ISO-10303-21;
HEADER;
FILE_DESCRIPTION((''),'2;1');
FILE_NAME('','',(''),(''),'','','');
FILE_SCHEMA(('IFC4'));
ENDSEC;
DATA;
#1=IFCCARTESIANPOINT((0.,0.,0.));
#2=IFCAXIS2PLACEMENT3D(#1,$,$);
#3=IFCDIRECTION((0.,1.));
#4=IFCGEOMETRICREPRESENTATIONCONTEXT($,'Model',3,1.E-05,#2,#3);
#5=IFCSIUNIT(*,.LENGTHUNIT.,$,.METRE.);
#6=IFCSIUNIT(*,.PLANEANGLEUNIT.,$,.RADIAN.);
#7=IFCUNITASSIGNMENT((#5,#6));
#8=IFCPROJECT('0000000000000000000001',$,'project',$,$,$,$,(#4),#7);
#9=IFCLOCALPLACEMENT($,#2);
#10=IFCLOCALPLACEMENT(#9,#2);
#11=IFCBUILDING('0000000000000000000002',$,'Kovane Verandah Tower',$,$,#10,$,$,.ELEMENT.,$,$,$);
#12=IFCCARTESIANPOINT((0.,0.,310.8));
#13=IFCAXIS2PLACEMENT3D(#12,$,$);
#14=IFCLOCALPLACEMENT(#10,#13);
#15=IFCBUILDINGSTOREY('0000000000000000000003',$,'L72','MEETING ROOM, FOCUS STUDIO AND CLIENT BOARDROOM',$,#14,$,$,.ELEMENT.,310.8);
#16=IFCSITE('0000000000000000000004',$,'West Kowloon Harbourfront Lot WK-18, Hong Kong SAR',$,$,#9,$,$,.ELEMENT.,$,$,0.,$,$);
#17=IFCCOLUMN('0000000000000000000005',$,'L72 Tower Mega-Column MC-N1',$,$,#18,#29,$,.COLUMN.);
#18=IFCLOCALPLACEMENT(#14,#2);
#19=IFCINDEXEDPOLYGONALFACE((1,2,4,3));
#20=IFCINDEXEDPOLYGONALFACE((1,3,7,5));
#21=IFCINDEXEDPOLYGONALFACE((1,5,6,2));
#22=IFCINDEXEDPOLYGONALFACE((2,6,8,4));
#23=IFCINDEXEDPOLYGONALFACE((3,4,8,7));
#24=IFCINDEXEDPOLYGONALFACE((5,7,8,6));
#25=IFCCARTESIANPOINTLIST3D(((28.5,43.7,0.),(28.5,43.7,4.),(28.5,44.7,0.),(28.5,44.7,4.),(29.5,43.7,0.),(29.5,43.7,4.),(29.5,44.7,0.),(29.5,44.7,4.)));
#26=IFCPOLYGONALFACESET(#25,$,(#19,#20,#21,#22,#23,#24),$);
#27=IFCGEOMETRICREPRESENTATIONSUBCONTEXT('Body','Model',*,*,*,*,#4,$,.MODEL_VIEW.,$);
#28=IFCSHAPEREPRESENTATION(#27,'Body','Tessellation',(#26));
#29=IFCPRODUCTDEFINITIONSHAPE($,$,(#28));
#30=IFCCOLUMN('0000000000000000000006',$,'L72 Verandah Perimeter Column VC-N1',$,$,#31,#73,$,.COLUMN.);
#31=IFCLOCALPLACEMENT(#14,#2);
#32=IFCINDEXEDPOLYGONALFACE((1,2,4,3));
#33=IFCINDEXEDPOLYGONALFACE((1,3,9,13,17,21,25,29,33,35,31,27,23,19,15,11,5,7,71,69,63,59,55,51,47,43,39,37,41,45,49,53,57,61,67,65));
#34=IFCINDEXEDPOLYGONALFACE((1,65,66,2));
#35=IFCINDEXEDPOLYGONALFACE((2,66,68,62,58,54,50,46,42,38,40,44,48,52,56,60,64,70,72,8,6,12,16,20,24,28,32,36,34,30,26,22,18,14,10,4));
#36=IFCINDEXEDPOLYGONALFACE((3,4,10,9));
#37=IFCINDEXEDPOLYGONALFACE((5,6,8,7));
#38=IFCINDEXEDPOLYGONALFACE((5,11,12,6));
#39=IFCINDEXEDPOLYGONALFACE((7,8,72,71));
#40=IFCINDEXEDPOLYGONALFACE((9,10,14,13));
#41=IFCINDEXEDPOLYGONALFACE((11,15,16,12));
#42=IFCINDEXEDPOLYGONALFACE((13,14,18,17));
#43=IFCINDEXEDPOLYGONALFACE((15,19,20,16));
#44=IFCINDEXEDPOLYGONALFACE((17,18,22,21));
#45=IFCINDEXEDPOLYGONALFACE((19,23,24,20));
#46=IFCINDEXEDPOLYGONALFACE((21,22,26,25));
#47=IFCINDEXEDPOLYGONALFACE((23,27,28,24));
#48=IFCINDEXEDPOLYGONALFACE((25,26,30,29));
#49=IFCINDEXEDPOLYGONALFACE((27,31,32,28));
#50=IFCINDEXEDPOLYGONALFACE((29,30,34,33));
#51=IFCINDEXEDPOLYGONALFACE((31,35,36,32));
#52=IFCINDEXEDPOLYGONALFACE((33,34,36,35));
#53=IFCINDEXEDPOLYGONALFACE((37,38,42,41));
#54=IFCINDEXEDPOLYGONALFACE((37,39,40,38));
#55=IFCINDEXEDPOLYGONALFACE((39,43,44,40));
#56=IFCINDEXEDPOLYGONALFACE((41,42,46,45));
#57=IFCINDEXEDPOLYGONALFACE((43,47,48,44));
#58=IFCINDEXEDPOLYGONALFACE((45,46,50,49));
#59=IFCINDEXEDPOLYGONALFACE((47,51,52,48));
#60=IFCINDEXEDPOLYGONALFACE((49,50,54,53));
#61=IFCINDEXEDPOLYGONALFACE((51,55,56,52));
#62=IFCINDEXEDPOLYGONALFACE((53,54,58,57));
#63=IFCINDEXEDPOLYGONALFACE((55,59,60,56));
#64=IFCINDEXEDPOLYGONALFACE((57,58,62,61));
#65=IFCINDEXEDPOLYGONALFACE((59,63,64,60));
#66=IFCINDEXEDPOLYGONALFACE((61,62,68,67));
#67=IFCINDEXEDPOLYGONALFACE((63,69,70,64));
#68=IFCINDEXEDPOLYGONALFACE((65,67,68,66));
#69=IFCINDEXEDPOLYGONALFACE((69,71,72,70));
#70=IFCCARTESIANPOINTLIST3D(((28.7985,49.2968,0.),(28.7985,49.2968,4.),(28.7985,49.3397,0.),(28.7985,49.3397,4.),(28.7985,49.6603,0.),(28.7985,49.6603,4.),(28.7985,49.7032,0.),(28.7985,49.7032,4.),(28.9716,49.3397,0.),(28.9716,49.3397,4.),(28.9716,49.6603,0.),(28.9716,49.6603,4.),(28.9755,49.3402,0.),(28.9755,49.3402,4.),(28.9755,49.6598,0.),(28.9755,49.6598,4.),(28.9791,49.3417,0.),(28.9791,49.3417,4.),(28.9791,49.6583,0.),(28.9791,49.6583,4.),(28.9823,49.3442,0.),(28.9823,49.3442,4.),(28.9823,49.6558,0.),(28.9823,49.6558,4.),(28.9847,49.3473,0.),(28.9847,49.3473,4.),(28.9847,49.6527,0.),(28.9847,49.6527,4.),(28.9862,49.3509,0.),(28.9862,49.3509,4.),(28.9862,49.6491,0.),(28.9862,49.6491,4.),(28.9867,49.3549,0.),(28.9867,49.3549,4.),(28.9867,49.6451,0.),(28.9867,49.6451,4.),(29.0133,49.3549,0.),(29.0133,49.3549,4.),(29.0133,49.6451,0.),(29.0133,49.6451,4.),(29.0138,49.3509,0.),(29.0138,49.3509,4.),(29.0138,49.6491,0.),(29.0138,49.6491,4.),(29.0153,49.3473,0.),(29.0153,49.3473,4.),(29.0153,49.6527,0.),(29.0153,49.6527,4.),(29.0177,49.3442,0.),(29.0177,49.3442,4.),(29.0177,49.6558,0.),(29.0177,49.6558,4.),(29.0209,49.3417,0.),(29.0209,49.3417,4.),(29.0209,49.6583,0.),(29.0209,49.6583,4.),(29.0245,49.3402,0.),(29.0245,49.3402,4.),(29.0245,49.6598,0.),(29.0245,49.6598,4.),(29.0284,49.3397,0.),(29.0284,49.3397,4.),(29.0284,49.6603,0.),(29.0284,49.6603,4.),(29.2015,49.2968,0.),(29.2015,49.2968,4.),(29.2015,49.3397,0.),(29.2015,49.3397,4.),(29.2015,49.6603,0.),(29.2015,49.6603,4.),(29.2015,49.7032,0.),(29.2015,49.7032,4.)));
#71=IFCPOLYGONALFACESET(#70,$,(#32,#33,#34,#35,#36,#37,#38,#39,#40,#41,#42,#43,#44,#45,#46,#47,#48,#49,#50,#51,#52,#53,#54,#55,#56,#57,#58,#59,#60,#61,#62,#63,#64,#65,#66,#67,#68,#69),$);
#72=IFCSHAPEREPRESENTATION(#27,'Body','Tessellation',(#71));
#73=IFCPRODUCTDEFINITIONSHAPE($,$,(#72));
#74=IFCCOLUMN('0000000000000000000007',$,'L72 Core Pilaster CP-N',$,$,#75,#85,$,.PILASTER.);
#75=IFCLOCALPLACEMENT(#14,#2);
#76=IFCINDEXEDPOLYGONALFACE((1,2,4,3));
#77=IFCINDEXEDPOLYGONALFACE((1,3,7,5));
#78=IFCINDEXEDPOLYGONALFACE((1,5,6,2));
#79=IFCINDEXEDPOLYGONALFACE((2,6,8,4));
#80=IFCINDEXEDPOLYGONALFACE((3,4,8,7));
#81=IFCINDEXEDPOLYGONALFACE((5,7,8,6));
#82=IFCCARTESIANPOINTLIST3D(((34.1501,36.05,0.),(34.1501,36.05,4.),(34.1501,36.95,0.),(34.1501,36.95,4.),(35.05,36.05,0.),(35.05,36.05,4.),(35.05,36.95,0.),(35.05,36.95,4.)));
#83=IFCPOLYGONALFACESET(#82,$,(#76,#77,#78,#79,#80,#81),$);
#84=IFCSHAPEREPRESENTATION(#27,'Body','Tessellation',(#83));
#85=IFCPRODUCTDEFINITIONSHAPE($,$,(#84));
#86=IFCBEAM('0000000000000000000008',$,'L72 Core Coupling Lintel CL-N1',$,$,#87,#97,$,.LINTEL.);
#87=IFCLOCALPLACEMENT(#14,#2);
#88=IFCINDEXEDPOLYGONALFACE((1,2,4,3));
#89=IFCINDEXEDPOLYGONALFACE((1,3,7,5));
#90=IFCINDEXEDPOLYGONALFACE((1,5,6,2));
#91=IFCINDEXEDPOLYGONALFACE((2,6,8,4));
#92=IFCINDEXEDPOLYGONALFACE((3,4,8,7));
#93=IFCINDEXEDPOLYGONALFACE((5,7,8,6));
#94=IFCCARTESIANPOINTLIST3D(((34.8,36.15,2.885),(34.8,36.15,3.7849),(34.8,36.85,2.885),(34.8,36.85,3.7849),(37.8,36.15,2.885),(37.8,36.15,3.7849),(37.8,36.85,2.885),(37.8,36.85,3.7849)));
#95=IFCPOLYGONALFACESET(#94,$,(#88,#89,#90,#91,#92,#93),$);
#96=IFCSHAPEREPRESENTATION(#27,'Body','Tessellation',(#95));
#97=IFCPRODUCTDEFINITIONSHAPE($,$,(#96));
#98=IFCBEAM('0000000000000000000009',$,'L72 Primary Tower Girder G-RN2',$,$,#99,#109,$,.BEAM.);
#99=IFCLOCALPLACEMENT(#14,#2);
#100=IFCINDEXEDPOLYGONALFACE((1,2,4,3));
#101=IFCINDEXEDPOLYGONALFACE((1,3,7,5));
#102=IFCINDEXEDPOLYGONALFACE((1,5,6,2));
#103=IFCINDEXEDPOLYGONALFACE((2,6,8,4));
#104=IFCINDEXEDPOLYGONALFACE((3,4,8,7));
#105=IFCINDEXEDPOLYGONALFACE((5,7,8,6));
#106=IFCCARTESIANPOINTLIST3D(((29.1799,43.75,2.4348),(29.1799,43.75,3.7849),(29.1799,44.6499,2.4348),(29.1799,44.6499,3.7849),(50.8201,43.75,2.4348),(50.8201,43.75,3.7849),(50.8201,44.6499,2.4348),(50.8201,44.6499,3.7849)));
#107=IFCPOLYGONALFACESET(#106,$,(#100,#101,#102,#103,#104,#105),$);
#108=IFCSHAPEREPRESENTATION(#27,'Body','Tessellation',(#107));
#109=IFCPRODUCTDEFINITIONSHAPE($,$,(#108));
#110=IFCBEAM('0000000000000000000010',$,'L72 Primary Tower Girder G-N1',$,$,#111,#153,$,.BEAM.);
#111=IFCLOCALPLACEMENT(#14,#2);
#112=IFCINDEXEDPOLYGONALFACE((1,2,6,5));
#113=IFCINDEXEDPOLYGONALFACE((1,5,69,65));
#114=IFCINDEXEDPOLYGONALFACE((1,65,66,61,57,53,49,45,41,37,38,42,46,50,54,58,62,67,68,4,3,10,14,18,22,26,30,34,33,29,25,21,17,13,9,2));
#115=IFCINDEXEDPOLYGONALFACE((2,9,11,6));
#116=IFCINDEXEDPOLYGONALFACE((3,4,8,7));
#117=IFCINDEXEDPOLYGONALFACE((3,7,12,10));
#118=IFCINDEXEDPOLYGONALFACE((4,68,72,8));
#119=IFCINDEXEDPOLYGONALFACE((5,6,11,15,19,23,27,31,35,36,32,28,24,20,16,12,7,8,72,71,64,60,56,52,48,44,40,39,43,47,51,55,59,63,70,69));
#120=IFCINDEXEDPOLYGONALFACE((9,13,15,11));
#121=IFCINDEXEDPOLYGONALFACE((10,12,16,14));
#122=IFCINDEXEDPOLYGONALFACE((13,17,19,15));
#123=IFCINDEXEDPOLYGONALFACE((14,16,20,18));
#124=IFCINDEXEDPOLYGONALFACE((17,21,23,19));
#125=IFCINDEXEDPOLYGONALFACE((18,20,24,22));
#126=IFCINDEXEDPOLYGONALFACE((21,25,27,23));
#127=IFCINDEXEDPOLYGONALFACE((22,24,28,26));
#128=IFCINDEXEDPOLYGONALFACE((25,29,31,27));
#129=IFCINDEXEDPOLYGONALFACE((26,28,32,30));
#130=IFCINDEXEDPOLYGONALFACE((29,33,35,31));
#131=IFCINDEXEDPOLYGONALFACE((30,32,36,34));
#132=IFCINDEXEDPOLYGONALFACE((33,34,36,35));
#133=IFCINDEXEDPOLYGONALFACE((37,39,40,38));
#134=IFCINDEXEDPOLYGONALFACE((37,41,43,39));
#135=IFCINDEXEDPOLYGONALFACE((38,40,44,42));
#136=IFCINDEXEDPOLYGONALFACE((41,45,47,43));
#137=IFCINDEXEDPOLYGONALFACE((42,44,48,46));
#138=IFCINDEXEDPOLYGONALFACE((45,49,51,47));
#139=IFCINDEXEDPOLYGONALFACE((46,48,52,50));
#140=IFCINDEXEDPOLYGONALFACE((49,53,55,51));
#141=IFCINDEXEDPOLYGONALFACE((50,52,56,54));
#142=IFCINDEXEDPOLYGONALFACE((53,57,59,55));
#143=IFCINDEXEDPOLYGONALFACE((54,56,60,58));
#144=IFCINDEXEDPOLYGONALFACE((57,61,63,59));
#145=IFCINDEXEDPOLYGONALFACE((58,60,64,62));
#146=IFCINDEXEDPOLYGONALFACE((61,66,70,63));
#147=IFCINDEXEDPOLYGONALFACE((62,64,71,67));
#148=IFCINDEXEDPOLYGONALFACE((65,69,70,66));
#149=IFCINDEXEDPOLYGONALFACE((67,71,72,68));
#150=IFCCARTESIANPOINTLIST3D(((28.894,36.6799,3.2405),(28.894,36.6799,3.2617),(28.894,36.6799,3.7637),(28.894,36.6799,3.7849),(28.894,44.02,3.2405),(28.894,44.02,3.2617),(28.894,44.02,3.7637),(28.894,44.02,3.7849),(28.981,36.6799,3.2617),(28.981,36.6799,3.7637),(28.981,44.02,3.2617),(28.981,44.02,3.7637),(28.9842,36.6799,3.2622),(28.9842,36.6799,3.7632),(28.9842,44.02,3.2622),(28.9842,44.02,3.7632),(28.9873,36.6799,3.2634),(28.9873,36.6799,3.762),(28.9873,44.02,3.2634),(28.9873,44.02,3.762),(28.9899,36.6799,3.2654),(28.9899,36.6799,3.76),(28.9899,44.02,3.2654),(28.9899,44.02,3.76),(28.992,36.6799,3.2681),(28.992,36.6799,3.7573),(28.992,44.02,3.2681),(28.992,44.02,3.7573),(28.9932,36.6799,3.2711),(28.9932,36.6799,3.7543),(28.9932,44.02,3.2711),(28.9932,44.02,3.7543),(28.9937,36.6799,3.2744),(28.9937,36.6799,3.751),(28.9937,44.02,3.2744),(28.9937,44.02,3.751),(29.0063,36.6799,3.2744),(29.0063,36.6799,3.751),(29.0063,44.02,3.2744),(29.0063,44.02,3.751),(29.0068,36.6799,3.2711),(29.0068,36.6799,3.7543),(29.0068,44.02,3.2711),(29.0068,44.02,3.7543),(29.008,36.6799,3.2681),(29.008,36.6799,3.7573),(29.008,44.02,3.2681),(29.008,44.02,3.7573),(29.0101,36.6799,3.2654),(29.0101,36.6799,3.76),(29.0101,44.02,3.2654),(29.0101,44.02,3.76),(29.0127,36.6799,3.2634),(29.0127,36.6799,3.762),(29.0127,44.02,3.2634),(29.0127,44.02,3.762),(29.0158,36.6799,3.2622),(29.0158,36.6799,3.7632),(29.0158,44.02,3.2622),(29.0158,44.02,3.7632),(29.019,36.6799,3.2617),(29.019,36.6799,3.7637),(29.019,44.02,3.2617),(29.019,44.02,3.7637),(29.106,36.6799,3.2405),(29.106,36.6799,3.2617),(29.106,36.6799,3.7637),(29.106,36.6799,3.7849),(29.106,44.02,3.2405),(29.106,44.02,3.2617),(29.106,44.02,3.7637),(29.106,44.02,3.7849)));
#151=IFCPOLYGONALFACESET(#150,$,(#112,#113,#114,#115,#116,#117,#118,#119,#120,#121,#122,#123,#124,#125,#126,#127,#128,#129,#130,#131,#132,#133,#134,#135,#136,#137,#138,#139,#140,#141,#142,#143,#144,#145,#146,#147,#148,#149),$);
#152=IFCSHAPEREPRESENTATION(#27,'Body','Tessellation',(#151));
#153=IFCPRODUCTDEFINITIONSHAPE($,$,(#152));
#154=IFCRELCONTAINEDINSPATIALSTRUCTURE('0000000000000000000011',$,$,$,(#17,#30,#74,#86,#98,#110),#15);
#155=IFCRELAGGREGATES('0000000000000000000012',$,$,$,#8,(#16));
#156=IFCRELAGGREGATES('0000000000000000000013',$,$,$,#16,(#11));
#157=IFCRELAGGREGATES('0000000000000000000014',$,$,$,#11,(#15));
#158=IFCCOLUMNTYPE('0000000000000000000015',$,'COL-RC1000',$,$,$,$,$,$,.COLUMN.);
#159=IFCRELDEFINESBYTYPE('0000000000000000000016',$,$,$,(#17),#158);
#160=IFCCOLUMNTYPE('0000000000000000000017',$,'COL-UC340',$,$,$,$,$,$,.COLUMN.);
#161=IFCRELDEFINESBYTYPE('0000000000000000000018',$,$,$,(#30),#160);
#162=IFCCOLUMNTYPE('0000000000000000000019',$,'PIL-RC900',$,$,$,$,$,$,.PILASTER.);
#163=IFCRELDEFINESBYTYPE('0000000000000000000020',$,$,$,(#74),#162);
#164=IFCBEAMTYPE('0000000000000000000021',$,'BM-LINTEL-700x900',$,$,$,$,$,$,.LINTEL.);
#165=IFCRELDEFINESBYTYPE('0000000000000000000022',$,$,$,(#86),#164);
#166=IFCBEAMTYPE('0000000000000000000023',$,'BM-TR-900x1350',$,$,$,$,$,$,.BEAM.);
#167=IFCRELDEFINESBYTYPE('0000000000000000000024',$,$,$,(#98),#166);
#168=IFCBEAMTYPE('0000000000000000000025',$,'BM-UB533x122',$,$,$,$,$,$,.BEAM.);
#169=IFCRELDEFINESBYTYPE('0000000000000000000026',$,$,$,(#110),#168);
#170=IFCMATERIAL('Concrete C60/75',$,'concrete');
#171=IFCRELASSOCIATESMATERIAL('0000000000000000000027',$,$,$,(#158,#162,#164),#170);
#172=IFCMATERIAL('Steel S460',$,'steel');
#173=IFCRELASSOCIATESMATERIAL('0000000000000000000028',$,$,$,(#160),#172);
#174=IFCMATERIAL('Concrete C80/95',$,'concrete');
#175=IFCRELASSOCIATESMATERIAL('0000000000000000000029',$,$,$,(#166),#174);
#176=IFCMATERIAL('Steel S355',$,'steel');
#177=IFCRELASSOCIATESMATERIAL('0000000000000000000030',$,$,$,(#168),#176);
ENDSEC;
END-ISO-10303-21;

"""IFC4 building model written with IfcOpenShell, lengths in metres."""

from ifc_helpers import new_model, si_unit, direction, frame, origin, origin_2d, place, context, subcontext, project, spatial, rectangle, i_section, extrude, material, material_profile, profile_set, type_object, element, save


model = new_model("IFC4")

# Units and contexts
model_context = context("Model", 3, precision=1e-05, world=origin(), true_north=direction((0.0, 1.0)))
body_context = subcontext(model_context, "Body", "Model", "MODEL_VIEW")
ifc_project = project(units=[si_unit("LENGTHUNIT", "METRE"), si_unit("PLANEANGLEUNIT", "RADIAN")], contexts=[model_context])

# Site, building, storey
site_placement = place(None, origin())
site = spatial("IfcSite", under=ifc_project, at=site_placement, Name="West Kowloon Harbourfront Lot WK-18, Hong Kong SAR", CompositionType="ELEMENT", RefElevation=0.0)
building_placement = place(site_placement, origin())
building = spatial("IfcBuilding", under=site, at=building_placement, Name="Kovane Verandah Tower", CompositionType="ELEMENT")
storey_placement = place(building_placement, frame((0.0, 0.0, 310.8)))
storey = spatial("IfcBuildingStorey", under=building, at=storey_placement, Name="L72", Description="MEETING ROOM, FOCUS STUDIO AND CLIENT BOARDROOM", CompositionType="ELEMENT", Elevation=310.8)

# Columns
ifc_material_1 = material(Name="Concrete C60/75", Category="concrete")
ifc_material_profile_1 = material_profile(ifc_material_1, rectangle(XDim=1.0, YDim=1.0, at=origin_2d()), Name="RC1000x1000")
ifc_profile_set_1 = profile_set([ifc_material_profile_1], Name="Concrete C60/75")
column_type_1 = type_object("IfcColumnType", Name="COL-RC1000", PredefinedType="COLUMN", material=ifc_profile_set_1)
column_1_placement = place(storey_placement, frame((29.0, 44.2, 0.0), z_axis=(0.0, 0.0, 1.0), x_axis=(1.0, 0.0, 0.0)))
element("IfcColumn", 1, at=column_1_placement, inside=storey, type_object=column_type_1, Name="L72 Tower Mega-Column MC-N1", PredefinedType="COLUMN", context=body_context, shape_type="SweptSolid", body=[
    extrude(rectangle(XDim=1.0, YDim=1.0, at=origin_2d()), origin(), (0.0, 0.0, 1.0), 4.0),
])
ifc_material_2 = material(Name="Steel S460", Category="steel")
ifc_material_profile_2 = material_profile(ifc_material_2, i_section(OverallWidth=0.4031, OverallDepth=0.4065, WebThickness=0.0266, FlangeThickness=0.043, FilletRadius=0.0151, at=origin_2d()), Name="UC356x406x340")
ifc_profile_set_2 = profile_set([ifc_material_profile_2], Name="Steel S460")
column_type_2 = type_object("IfcColumnType", Name="COL-UC340", PredefinedType="COLUMN", material=ifc_profile_set_2)
column_2_placement = place(storey_placement, frame((29.0, 49.5, 0.0), z_axis=(0.0, 0.0, 1.0), x_axis=(1.0, 0.0, 0.0)))
element("IfcColumn", 2, at=column_2_placement, inside=storey, type_object=column_type_2, Name="L72 Verandah Perimeter Column VC-N1", PredefinedType="COLUMN", context=body_context, shape_type="SweptSolid", body=[
    extrude(i_section(OverallWidth=0.4031, OverallDepth=0.4065, WebThickness=0.0266, FlangeThickness=0.043, FilletRadius=0.0151, at=origin_2d()), origin(), (0.0, 0.0, 1.0), 4.0),
])
ifc_material_profile_3 = material_profile(ifc_material_1, rectangle(XDim=0.8999, YDim=0.8999, at=origin_2d()), Name="RC900x900")
ifc_profile_set_3 = profile_set([ifc_material_profile_3], Name="Concrete C60/75")
column_type_3 = type_object("IfcColumnType", Name="PIL-RC900", PredefinedType="PILASTER", material=ifc_profile_set_3)
column_3_placement = place(storey_placement, frame((34.6001, 36.5, 0.0), z_axis=(0.0, 0.0, 1.0), x_axis=(1.0, 0.0, 0.0)))
element("IfcColumn", 3, at=column_3_placement, inside=storey, type_object=column_type_3, Name="L72 Core Pilaster CP-N", PredefinedType="PILASTER", context=body_context, shape_type="SweptSolid", body=[
    extrude(rectangle(XDim=0.8999, YDim=0.8999, at=origin_2d()), origin(), (0.0, 0.0, 1.0), 4.0),
])

# Beams
ifc_material_profile_4 = material_profile(ifc_material_1, rectangle(XDim=0.7, YDim=0.8999, at=origin_2d()), Name="RCB700x900")
ifc_profile_set_4 = profile_set([ifc_material_profile_4], Name="Concrete C60/75")
beam_type_1 = type_object("IfcBeamType", Name="BM-LINTEL-700x900", PredefinedType="LINTEL", material=ifc_profile_set_4)
beam_1_placement = place(storey_placement, frame((34.8, 36.5, 3.335), z_axis=(1.0, 0.0, 0.0), x_axis=(0.0, 1.0, 0.0)))
element("IfcBeam", 4, at=beam_1_placement, inside=storey, type_object=beam_type_1, Name="L72 Core Coupling Lintel CL-N1", PredefinedType="LINTEL", context=body_context, shape_type="SweptSolid", body=[
    extrude(rectangle(XDim=0.7, YDim=0.8999, at=origin_2d()), origin(), (0.0, 0.0, 1.0), 3.0),
])
ifc_material_3 = material(Name="Concrete C80/95", Category="concrete")
ifc_material_profile_5 = material_profile(ifc_material_3, rectangle(XDim=0.8999, YDim=1.3501, at=origin_2d()), Name="RCB900x1350")
ifc_profile_set_5 = profile_set([ifc_material_profile_5], Name="Concrete C80/95")
beam_type_2 = type_object("IfcBeamType", Name="BM-TR-900x1350", PredefinedType="BEAM", material=ifc_profile_set_5)
beam_2_placement = place(storey_placement, frame((29.1799, 44.2, 3.1099), z_axis=(1.0, 0.0, 0.0), x_axis=(0.0, 1.0, 0.0)))
element("IfcBeam", 5, at=beam_2_placement, inside=storey, type_object=beam_type_2, Name="L72 Primary Tower Girder G-RN2", PredefinedType="BEAM", context=body_context, shape_type="SweptSolid", body=[
    extrude(rectangle(XDim=0.8999, YDim=1.3501, at=origin_2d()), origin(), (0.0, 0.0, 1.0), 21.6401),
])
ifc_material_4 = material(Name="Steel S355", Category="steel")
ifc_material_profile_6 = material_profile(ifc_material_4, i_section(OverallWidth=0.2119, OverallDepth=0.5444, WebThickness=0.0127, FlangeThickness=0.0212, FilletRadius=0.0127, at=origin_2d()), Name="UB533x210x122")
ifc_profile_set_6 = profile_set([ifc_material_profile_6], Name="Steel S355")
beam_type_3 = type_object("IfcBeamType", Name="BM-UB533x122", PredefinedType="BEAM", material=ifc_profile_set_6)
beam_3_placement = place(storey_placement, frame((29.0, 36.6799, 3.5127), z_axis=(0.0, 1.0, 0.0), x_axis=(-1.0, 0.0, 0.0)))
element("IfcBeam", 6, at=beam_3_placement, inside=storey, type_object=beam_type_3, Name="L72 Primary Tower Girder G-N1", PredefinedType="BEAM", context=body_context, shape_type="SweptSolid", body=[
    extrude(i_section(OverallWidth=0.2119, OverallDepth=0.5444, WebThickness=0.0127, FlangeThickness=0.0212, FilletRadius=0.0127, at=origin_2d()), origin(), (0.0, 0.0, 1.0), 7.3401),
])

save(model, "model.ifc")
